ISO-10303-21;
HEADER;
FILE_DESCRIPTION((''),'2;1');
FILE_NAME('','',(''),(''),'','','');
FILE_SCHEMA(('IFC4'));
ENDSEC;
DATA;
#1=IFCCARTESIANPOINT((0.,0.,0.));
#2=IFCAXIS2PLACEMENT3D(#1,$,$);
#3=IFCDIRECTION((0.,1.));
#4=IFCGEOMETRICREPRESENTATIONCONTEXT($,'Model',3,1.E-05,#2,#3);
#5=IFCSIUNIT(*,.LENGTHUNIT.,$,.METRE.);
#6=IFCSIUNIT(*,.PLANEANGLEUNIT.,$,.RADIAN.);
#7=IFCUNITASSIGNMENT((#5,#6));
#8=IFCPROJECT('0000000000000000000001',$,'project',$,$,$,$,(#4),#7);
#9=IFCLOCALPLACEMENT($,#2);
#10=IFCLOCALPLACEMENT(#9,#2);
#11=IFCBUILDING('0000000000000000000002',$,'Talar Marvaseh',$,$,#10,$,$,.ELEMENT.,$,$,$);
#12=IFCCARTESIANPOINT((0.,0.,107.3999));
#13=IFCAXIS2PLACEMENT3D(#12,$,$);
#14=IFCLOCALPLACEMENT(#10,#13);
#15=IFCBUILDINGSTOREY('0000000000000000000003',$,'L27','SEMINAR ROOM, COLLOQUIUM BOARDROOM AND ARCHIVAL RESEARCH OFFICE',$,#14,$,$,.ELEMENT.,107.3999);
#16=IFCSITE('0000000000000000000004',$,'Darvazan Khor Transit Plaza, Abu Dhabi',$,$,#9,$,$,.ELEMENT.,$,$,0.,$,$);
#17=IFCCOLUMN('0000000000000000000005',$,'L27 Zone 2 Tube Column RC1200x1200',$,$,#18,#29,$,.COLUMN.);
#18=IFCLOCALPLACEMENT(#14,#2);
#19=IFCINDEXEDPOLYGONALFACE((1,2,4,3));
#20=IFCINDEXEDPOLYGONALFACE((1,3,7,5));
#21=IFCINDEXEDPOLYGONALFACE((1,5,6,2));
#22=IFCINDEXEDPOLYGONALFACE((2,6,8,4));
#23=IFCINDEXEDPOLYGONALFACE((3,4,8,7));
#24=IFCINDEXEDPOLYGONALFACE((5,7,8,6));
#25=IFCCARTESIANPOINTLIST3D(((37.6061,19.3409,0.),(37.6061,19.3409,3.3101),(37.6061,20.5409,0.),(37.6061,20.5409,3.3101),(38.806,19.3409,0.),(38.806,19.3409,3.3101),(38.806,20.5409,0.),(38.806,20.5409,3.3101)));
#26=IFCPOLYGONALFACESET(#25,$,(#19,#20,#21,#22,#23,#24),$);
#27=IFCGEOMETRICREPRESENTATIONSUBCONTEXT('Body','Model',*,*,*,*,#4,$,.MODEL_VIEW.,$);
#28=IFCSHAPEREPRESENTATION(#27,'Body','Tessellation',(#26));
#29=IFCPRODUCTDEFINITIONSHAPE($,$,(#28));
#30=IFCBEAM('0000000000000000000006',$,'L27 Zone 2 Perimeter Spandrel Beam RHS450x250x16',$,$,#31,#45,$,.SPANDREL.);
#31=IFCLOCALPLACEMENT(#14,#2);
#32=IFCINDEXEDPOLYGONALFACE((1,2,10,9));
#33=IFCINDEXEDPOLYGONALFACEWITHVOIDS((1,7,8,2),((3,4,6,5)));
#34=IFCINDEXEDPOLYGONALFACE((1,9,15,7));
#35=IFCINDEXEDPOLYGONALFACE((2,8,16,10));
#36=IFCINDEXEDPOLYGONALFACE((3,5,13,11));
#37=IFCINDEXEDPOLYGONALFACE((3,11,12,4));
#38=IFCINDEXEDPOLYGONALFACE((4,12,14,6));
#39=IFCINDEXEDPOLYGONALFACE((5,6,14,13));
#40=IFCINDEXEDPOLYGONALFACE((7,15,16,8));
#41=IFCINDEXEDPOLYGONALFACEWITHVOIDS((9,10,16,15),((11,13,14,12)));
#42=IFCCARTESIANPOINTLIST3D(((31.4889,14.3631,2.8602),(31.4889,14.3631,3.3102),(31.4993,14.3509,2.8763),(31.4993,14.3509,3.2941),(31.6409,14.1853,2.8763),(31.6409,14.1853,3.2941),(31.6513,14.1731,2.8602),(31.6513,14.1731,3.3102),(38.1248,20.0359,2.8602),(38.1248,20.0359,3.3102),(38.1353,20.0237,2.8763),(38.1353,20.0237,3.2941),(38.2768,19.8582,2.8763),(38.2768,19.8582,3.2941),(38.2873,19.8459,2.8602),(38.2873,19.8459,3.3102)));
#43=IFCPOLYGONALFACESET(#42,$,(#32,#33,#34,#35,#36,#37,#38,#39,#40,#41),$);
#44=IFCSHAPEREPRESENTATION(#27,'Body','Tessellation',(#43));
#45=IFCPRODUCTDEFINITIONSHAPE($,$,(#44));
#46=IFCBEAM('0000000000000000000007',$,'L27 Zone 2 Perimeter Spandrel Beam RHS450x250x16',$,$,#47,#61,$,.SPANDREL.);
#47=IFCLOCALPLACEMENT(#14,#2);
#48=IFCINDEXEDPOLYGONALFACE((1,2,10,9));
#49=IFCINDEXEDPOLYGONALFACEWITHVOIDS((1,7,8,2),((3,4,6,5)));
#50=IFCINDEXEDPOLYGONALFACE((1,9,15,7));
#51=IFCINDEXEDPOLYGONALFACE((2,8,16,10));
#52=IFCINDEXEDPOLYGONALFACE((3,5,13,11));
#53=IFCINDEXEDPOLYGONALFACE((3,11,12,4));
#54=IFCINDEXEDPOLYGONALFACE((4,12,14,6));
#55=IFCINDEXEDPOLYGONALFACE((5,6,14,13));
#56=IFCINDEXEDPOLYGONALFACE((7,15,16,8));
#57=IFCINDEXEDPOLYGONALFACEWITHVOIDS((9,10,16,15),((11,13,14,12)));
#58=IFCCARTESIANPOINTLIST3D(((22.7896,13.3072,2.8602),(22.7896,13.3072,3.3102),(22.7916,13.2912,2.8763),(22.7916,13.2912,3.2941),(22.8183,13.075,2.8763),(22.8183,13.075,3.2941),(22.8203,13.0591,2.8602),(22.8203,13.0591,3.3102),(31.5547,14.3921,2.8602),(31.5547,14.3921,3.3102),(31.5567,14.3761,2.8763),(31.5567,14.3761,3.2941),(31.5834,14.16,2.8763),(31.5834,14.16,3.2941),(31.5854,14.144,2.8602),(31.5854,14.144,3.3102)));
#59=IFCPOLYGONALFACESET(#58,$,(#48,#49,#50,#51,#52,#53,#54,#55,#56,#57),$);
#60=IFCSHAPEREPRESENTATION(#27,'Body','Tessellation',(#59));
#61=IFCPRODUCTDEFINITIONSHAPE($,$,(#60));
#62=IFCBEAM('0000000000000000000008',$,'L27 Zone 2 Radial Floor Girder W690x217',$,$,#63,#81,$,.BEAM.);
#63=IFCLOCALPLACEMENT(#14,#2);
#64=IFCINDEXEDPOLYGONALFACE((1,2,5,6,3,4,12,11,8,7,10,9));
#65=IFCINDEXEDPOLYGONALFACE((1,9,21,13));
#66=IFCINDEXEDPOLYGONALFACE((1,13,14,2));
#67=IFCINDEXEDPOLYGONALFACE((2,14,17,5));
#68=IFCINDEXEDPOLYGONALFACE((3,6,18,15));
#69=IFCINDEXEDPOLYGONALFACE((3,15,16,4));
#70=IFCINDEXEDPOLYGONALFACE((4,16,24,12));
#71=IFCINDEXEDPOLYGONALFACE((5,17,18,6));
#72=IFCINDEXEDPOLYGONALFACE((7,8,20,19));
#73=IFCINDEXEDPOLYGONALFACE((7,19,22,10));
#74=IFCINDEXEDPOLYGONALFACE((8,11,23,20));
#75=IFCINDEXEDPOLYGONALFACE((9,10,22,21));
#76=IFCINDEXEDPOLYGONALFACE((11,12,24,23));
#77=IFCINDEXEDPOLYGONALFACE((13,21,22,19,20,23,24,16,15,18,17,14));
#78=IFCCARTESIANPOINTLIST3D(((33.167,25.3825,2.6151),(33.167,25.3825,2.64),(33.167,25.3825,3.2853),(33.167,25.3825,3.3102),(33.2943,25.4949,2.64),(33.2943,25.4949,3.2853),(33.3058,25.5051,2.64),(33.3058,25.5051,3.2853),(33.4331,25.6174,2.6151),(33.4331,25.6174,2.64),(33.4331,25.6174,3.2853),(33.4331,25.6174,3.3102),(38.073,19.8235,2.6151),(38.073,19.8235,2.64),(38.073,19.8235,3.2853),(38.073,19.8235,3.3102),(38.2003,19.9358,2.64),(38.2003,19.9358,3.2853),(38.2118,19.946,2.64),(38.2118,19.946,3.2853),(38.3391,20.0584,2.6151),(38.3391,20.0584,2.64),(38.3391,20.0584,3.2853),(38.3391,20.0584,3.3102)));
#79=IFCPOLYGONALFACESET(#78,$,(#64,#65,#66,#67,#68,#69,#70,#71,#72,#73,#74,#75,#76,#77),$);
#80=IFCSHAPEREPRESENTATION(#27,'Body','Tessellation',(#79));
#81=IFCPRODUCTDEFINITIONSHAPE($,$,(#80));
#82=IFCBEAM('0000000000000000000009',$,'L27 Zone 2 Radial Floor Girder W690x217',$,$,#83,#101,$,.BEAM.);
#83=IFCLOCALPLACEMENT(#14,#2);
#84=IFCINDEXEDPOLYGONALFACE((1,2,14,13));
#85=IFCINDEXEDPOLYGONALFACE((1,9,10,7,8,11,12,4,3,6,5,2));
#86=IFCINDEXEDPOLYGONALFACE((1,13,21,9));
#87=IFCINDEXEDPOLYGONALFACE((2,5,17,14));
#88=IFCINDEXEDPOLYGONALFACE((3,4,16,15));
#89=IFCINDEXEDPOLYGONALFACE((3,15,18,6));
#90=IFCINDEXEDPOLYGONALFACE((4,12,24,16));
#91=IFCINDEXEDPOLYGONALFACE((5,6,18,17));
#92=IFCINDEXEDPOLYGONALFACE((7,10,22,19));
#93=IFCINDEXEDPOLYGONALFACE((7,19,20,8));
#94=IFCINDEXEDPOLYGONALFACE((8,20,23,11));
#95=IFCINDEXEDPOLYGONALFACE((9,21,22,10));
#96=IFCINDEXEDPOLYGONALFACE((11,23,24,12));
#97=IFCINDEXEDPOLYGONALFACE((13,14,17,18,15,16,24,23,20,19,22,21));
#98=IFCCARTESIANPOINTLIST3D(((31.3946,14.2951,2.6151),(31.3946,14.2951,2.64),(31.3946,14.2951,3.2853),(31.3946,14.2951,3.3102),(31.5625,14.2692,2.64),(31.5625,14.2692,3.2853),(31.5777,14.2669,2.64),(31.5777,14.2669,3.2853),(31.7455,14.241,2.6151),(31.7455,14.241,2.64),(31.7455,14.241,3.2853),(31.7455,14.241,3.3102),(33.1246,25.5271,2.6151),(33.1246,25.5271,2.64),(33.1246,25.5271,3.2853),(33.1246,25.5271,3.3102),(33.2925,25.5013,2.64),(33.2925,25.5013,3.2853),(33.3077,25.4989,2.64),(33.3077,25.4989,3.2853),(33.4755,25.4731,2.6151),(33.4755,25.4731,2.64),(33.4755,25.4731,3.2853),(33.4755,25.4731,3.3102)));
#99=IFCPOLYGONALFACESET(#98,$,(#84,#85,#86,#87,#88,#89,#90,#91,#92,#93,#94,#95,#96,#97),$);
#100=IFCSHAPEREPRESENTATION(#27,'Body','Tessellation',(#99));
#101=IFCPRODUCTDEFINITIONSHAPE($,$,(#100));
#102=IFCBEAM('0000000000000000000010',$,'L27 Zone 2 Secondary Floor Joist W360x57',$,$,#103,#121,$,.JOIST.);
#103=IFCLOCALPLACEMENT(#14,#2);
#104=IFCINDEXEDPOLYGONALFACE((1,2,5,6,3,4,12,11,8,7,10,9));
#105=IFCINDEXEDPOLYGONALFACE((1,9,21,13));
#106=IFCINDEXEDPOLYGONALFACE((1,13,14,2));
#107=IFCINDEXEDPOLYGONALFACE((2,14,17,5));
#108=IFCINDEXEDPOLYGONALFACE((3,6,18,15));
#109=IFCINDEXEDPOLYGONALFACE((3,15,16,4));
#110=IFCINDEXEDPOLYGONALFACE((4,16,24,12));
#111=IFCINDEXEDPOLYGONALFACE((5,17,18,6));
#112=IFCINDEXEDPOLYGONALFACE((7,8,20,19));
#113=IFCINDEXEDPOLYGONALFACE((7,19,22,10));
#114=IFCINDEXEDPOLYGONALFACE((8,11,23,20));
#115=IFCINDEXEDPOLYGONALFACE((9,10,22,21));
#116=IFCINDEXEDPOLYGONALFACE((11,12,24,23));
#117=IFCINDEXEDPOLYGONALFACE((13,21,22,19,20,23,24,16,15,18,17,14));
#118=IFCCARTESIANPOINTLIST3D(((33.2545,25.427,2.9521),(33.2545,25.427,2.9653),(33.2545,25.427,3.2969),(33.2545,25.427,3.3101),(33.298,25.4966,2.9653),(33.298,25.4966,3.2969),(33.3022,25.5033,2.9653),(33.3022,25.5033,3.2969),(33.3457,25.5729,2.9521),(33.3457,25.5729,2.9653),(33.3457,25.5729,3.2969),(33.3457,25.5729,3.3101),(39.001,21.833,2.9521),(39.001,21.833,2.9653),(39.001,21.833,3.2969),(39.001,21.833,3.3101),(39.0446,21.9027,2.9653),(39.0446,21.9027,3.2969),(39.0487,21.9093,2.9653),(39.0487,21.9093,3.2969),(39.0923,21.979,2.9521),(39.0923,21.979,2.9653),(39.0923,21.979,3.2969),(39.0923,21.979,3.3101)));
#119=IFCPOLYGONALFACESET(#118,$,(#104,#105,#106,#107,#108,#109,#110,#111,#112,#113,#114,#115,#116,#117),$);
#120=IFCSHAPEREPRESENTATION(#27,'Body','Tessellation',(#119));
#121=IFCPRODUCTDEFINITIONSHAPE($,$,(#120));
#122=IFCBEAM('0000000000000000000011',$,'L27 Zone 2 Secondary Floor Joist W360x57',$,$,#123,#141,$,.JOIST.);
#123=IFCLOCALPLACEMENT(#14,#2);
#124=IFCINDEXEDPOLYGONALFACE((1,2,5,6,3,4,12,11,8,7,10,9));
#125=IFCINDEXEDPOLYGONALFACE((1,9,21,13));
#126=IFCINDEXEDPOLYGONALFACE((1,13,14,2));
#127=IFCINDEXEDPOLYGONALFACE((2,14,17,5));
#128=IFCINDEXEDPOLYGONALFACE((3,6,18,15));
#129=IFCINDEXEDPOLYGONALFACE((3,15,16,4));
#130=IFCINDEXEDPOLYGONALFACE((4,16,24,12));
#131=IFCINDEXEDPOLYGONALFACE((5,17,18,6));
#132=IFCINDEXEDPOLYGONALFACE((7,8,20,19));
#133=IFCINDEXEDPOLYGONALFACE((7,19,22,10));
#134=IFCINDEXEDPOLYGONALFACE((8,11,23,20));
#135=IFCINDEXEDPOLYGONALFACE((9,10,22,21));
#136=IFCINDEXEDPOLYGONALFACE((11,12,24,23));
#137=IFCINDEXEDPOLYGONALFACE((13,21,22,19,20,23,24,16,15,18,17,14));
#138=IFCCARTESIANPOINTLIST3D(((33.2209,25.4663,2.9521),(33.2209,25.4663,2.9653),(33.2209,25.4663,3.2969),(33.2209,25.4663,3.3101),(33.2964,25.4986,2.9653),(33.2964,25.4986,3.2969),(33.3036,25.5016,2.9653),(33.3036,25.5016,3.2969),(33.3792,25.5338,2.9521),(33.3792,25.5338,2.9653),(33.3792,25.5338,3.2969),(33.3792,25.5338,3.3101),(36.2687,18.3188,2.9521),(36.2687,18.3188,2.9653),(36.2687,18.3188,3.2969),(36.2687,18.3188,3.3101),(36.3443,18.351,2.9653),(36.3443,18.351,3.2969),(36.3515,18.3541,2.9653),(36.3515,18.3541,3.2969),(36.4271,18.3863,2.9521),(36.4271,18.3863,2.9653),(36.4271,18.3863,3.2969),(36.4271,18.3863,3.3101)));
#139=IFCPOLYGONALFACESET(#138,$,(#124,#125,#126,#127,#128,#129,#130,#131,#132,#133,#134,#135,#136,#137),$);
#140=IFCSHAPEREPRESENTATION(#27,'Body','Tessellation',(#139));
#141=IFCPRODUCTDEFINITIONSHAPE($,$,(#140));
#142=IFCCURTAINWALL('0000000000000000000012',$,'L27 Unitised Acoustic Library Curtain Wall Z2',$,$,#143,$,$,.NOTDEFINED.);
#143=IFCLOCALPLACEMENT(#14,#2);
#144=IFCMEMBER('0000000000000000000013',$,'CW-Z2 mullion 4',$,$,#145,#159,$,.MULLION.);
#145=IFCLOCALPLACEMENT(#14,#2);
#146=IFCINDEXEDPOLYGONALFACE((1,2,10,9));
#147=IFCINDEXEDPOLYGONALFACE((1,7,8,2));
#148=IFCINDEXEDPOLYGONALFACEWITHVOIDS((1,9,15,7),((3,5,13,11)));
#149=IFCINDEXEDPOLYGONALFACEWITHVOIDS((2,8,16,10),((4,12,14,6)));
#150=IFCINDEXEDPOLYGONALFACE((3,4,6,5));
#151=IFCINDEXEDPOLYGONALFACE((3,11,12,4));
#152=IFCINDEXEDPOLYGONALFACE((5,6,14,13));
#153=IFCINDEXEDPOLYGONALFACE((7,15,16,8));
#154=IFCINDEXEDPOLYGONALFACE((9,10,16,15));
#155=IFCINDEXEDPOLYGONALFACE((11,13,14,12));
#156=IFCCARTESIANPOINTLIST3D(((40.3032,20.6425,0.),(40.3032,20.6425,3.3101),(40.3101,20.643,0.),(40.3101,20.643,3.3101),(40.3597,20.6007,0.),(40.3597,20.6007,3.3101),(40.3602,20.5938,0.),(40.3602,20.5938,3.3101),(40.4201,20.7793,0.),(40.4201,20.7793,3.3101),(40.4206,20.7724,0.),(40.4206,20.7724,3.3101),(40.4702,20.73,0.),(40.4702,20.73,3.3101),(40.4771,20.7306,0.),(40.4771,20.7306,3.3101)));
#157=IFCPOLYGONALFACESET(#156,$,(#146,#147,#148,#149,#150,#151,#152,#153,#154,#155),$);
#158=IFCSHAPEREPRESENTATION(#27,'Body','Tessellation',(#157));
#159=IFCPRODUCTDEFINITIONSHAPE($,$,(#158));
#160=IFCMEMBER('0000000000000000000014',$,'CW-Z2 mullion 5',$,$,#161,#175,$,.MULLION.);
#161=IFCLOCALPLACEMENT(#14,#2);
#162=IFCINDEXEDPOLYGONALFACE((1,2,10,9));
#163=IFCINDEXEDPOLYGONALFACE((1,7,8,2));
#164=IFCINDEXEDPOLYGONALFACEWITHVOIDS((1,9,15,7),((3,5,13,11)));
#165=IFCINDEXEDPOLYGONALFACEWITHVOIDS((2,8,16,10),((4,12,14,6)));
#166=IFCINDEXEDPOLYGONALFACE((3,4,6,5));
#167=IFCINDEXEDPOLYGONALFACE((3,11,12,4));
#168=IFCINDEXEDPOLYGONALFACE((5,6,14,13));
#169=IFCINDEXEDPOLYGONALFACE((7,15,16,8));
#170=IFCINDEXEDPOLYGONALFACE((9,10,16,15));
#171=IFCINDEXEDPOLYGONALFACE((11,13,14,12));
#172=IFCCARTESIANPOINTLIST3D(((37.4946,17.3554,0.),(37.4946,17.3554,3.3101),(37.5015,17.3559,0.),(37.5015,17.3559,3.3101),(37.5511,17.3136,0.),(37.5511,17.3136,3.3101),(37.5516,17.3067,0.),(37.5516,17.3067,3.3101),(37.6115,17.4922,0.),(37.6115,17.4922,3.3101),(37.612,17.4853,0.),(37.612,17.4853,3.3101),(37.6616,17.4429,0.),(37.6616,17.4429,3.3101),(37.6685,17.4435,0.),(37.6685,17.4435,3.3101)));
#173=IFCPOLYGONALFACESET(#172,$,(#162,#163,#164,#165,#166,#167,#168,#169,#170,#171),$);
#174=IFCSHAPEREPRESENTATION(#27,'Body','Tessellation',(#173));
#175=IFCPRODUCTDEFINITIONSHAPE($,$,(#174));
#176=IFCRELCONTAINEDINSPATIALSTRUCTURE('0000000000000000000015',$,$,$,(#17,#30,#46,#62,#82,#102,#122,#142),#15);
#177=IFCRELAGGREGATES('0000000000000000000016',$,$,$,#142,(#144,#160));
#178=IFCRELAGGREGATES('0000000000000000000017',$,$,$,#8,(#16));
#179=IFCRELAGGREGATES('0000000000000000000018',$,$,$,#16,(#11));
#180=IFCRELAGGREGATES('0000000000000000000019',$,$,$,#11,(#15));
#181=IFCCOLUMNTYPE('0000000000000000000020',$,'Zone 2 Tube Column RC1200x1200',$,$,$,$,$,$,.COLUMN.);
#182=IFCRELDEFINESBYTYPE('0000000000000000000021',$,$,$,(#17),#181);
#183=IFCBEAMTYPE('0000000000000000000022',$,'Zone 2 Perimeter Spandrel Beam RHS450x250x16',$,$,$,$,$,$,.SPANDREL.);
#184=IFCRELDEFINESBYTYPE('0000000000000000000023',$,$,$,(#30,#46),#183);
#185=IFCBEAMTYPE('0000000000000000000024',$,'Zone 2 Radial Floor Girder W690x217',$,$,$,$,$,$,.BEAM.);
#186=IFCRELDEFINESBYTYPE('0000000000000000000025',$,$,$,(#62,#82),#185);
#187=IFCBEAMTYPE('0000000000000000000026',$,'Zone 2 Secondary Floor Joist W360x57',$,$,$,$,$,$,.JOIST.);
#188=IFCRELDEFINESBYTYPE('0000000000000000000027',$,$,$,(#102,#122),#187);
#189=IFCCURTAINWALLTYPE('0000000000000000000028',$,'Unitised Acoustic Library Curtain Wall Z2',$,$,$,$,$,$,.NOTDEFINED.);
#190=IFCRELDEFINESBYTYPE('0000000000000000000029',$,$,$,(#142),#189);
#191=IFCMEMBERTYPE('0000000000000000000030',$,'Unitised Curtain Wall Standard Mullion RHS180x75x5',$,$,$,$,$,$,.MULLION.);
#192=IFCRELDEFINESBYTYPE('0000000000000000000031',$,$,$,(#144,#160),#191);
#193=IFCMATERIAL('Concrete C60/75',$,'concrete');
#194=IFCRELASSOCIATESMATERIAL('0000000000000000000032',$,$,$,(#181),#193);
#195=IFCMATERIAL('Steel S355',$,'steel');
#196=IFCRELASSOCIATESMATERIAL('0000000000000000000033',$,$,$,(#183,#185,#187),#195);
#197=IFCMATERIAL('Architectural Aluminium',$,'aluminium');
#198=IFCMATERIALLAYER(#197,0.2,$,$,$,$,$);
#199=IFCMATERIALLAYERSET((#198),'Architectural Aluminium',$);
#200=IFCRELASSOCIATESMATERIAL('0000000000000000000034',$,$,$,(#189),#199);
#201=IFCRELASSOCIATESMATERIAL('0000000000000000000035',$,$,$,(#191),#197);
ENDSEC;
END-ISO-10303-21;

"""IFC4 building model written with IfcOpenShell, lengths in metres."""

from ifc_helpers import new_model, si_unit, direction, frame, origin, origin_2d, place, context, subcontext, project, spatial, rectangle, hollow_rectangle, i_section, extrude, source, transform, mapped, material, layer, layer_set, material_profile, profile_set, type_object, type_shapes, element, aggregate, save


model = new_model("IFC4")

# Units and contexts
model_context = context("Model", 3, precision=1e-05, world=origin(), true_north=direction((0.0, 1.0)))
body_context = subcontext(model_context, "Body", "Model", "MODEL_VIEW")
ifc_project = project(units=[si_unit("LENGTHUNIT", "METRE"), si_unit("PLANEANGLEUNIT", "RADIAN")], contexts=[model_context])

# Site, building, storey
site_placement = place(None, origin())
site = spatial("IfcSite", under=ifc_project, at=site_placement, Name="Darvazan Khor Transit Plaza, Abu Dhabi", CompositionType="ELEMENT", RefElevation=0.0)
building_placement = place(site_placement, origin())
building = spatial("IfcBuilding", under=site, at=building_placement, Name="Talar Marvaseh", CompositionType="ELEMENT")
storey_placement = place(building_placement, frame((0.0, 0.0, 107.3999)))
storey = spatial("IfcBuildingStorey", under=building, at=storey_placement, Name="L27", Description="SEMINAR ROOM, COLLOQUIUM BOARDROOM AND ARCHIVAL RESEARCH OFFICE", CompositionType="ELEMENT", Elevation=107.3999)

# Column
ifc_material_1 = material(Name="Concrete C60/75", Category="concrete")
ifc_material_profile_1 = material_profile(ifc_material_1, rectangle(XDim=1.2, YDim=1.2, at=origin_2d()), Name="RC1200x1200")
ifc_profile_set_1 = profile_set([ifc_material_profile_1], Name="Concrete C60/75")
column_type = type_object("IfcColumnType", Name="Zone 2 Tube Column RC1200x1200", PredefinedType="COLUMN", material=ifc_profile_set_1)
column_placement = place(storey_placement, frame((38.2061, 19.9409, 0.0), z_axis=(0.0, 0.0, 1.0), x_axis=(1.0, 0.0, 0.0)))
element("IfcColumn", 1, at=column_placement, inside=storey, type_object=column_type, Name="L27 Zone 2 Tube Column RC1200x1200", PredefinedType="COLUMN", context=body_context, shape_type="SweptSolid", body=[
    extrude(rectangle(XDim=1.2, YDim=1.2, at=origin_2d()), origin(), (0.0, 0.0, 1.0), 3.3101),
])

# Beams
ifc_material_2 = material(Name="Steel S355", Category="steel")
ifc_material_profile_2 = material_profile(ifc_material_2, hollow_rectangle(XDim=0.25, YDim=0.45, WallThickness=0.0161, at=origin_2d()), Name="RHS450x250x16")
ifc_profile_set_2 = profile_set([ifc_material_profile_2], Name="Steel S355")
beam_type_1 = type_object("IfcBeamType", Name="Zone 2 Perimeter Spandrel Beam RHS450x250x16", PredefinedType="SPANDREL", material=ifc_profile_set_2)
beam_1_placement = place(storey_placement, frame((38.2061, 19.9409, 3.0852), z_axis=(-0.760113, -0.649791, 0.0), x_axis=(0.649791, -0.760113, 0.0)))
element("IfcBeam", 2, at=beam_1_placement, inside=storey, type_object=beam_type_1, Name="L27 Zone 2 Perimeter Spandrel Beam RHS450x250x16", PredefinedType="SPANDREL", context=body_context, shape_type="SweptSolid", body=[
    extrude(hollow_rectangle(XDim=0.25, YDim=0.45, WallThickness=0.0161, at=origin_2d()), origin(), (0.0, 0.0, 1.0), 8.7302),
])
beam_2_placement = place(storey_placement, frame((31.5701, 14.2681, 3.0852), z_axis=(-0.992426, -0.122844, 0.0), x_axis=(0.122844, -0.992426, 0.0)))
element("IfcBeam", 3, at=beam_2_placement, inside=storey, type_object=beam_type_1, Name="L27 Zone 2 Perimeter Spandrel Beam RHS450x250x16", PredefinedType="SPANDREL", context=body_context, shape_type="SweptSolid", body=[
    extrude(hollow_rectangle(XDim=0.25, YDim=0.45, WallThickness=0.0161, at=origin_2d()), origin(), (0.0, 0.0, 1.0), 8.832),
])
ifc_material_profile_3 = material_profile(ifc_material_2, i_section(OverallWidth=0.355, OverallDepth=0.6951, WebThickness=0.0154, FlangeThickness=0.0249, at=origin_2d()), Name="W690x217")
ifc_profile_set_3 = profile_set([ifc_material_profile_3], Name="Steel S355")
beam_type_2 = type_object("IfcBeamType", Name="Zone 2 Radial Floor Girder W690x217", PredefinedType="BEAM", material=ifc_profile_set_3)
beam_3_placement = place(storey_placement, frame((38.2061, 19.9409, 2.9626), z_axis=(-0.661692, 0.749775, 0.0), x_axis=(-0.749775, -0.661692, 0.0)))
element("IfcBeam", 4, at=beam_3_placement, inside=storey, type_object=beam_type_2, Name="L27 Zone 2 Radial Floor Girder W690x217", PredefinedType="BEAM", context=body_context, shape_type="SweptSolid", body=[
    extrude(i_section(OverallWidth=0.355, OverallDepth=0.6951, WebThickness=0.0154, FlangeThickness=0.0249, at=origin_2d()), origin(), (0.0, 0.0, 1.0), 7.4143),
])
beam_4_placement = place(storey_placement, frame((31.5701, 14.2681, 2.9626), z_axis=(0.152228, 0.988345, 0.0), x_axis=(-0.988345, 0.152228, 0.0)))
element("IfcBeam", 5, at=beam_4_placement, inside=storey, type_object=beam_type_2, Name="L27 Zone 2 Radial Floor Girder W690x217", PredefinedType="BEAM", context=body_context, shape_type="SweptSolid", body=[
    extrude(i_section(OverallWidth=0.355, OverallDepth=0.6951, WebThickness=0.0154, FlangeThickness=0.0249, at=origin_2d()), origin(), (0.0, 0.0, 1.0), 11.3645),
])
ifc_material_profile_4 = material_profile(ifc_material_2, i_section(OverallWidth=0.1721, OverallDepth=0.3579, WebThickness=0.0078, FlangeThickness=0.0132, at=origin_2d()), Name="W360x57")
ifc_profile_set_4 = profile_set([ifc_material_profile_4], Name="Steel S355")
beam_type_3 = type_object("IfcBeamType", Name="Zone 2 Secondary Floor Joist W360x57", PredefinedType="JOIST", material=ifc_profile_set_4)
beam_5_placement = place(storey_placement, frame((39.0466, 21.906, 3.1311), z_axis=(-0.84784, 0.530251, 0.0), x_axis=(-0.530251, -0.84784, 0.0)))
element("IfcBeam", 6, at=beam_5_placement, inside=storey, type_object=beam_type_3, Name="L27 Zone 2 Secondary Floor Joist W360x57", PredefinedType="JOIST", context=body_context, shape_type="SweptSolid", body=[
    extrude(i_section(OverallWidth=0.1721, OverallDepth=0.3579, WebThickness=0.0078, FlangeThickness=0.0132, at=origin_2d()), origin(), (0.0, 0.0, 1.0), 6.7778),
])
beam_6_placement = place(storey_placement, frame((36.3479, 18.3525, 3.1311), z_axis=(-0.39225, 0.919859, 0.0), x_axis=(-0.919859, -0.39225, 0.0)))
element("IfcBeam", 7, at=beam_6_placement, inside=storey, type_object=beam_type_3, Name="L27 Zone 2 Secondary Floor Joist W360x57", PredefinedType="JOIST", context=body_context, shape_type="SweptSolid", body=[
    extrude(i_section(OverallWidth=0.1721, OverallDepth=0.3579, WebThickness=0.0078, FlangeThickness=0.0132, at=origin_2d()), origin(), (0.0, 0.0, 1.0), 7.7703),
])

# Curtain wall, members
ifc_material_3 = material(Name="Architectural Aluminium", Category="aluminium")
ifc_layer_1 = layer(ifc_material_3, 0.2)
ifc_layer_set_1 = layer_set([ifc_layer_1], Name="Architectural Aluminium")
curtain_wall_type = type_object("IfcCurtainWallType", Name="Unitised Acoustic Library Curtain Wall Z2", PredefinedType="NOTDEFINED", material=ifc_layer_set_1)
curtain_wall_1_placement = place(storey_placement, origin())
curtain_wall_1 = element("IfcCurtainWall", 8, at=curtain_wall_1_placement, inside=storey, type_object=curtain_wall_type, Name="L27 Unitised Acoustic Library Curtain Wall Z2", PredefinedType="NOTDEFINED")
ifc_material_profile_5 = material_profile(ifc_material_3, hollow_rectangle(XDim=0.075, YDim=0.1799, WallThickness=0.0049, at=origin_2d()), Name="RHS180x75x5")
ifc_profile_set_5 = profile_set([ifc_material_profile_5], Name="Architectural Aluminium")
member_type_1 = type_object("IfcMemberType", Name="Unitised Curtain Wall Standard Mullion RHS180x75x5", PredefinedType="MULLION", material=ifc_profile_set_5)
shared_shape_1 = source(origin(), body_context, "Body", "SweptSolid", [
    extrude(hollow_rectangle(XDim=0.075, YDim=0.1799, WallThickness=0.0049, at=origin_2d()), origin(), (0.0, 0.0, 1.0), 3.3101),
])
type_shapes(member_type_1, [shared_shape_1])
member_1_placement = place(storey_placement, frame((40.3901, 20.6865, 0.0), z_axis=(0.0, 0.0, 1.0), x_axis=(0.760305, -0.649567, 0.0)))
member_1 = element("IfcMember", 9, at=member_1_placement, type_object=member_type_1, Name="CW-Z2 mullion 4", PredefinedType="MULLION", context=body_context, shape_type="MappedRepresentation", body=[
    mapped(shared_shape_1, transform((0.0, 0.0, 0.0), x_axis=(1.0, 0.0, 0.0), y_axis=(0.0, 1.0, 0.0), z_axis=(0.0, 0.0, 1.0), scale=1.0)),
])
member_2_placement = place(storey_placement, frame((37.5815, 17.3994, 0.0), z_axis=(0.0, 0.0, 1.0), x_axis=(0.760305, -0.649567, 0.0)))
member_2 = element("IfcMember", 10, at=member_2_placement, type_object=member_type_1, Name="CW-Z2 mullion 5", PredefinedType="MULLION", context=body_context, shape_type="MappedRepresentation", body=[
    mapped(shared_shape_1, transform((0.0, 0.0, 0.0), x_axis=(1.0, 0.0, 0.0), y_axis=(0.0, 1.0, 0.0), z_axis=(0.0, 0.0, 1.0), scale=1.0)),
])

aggregate(curtain_wall_1, [member_1, member_2])

save(model, "model.ifc")
